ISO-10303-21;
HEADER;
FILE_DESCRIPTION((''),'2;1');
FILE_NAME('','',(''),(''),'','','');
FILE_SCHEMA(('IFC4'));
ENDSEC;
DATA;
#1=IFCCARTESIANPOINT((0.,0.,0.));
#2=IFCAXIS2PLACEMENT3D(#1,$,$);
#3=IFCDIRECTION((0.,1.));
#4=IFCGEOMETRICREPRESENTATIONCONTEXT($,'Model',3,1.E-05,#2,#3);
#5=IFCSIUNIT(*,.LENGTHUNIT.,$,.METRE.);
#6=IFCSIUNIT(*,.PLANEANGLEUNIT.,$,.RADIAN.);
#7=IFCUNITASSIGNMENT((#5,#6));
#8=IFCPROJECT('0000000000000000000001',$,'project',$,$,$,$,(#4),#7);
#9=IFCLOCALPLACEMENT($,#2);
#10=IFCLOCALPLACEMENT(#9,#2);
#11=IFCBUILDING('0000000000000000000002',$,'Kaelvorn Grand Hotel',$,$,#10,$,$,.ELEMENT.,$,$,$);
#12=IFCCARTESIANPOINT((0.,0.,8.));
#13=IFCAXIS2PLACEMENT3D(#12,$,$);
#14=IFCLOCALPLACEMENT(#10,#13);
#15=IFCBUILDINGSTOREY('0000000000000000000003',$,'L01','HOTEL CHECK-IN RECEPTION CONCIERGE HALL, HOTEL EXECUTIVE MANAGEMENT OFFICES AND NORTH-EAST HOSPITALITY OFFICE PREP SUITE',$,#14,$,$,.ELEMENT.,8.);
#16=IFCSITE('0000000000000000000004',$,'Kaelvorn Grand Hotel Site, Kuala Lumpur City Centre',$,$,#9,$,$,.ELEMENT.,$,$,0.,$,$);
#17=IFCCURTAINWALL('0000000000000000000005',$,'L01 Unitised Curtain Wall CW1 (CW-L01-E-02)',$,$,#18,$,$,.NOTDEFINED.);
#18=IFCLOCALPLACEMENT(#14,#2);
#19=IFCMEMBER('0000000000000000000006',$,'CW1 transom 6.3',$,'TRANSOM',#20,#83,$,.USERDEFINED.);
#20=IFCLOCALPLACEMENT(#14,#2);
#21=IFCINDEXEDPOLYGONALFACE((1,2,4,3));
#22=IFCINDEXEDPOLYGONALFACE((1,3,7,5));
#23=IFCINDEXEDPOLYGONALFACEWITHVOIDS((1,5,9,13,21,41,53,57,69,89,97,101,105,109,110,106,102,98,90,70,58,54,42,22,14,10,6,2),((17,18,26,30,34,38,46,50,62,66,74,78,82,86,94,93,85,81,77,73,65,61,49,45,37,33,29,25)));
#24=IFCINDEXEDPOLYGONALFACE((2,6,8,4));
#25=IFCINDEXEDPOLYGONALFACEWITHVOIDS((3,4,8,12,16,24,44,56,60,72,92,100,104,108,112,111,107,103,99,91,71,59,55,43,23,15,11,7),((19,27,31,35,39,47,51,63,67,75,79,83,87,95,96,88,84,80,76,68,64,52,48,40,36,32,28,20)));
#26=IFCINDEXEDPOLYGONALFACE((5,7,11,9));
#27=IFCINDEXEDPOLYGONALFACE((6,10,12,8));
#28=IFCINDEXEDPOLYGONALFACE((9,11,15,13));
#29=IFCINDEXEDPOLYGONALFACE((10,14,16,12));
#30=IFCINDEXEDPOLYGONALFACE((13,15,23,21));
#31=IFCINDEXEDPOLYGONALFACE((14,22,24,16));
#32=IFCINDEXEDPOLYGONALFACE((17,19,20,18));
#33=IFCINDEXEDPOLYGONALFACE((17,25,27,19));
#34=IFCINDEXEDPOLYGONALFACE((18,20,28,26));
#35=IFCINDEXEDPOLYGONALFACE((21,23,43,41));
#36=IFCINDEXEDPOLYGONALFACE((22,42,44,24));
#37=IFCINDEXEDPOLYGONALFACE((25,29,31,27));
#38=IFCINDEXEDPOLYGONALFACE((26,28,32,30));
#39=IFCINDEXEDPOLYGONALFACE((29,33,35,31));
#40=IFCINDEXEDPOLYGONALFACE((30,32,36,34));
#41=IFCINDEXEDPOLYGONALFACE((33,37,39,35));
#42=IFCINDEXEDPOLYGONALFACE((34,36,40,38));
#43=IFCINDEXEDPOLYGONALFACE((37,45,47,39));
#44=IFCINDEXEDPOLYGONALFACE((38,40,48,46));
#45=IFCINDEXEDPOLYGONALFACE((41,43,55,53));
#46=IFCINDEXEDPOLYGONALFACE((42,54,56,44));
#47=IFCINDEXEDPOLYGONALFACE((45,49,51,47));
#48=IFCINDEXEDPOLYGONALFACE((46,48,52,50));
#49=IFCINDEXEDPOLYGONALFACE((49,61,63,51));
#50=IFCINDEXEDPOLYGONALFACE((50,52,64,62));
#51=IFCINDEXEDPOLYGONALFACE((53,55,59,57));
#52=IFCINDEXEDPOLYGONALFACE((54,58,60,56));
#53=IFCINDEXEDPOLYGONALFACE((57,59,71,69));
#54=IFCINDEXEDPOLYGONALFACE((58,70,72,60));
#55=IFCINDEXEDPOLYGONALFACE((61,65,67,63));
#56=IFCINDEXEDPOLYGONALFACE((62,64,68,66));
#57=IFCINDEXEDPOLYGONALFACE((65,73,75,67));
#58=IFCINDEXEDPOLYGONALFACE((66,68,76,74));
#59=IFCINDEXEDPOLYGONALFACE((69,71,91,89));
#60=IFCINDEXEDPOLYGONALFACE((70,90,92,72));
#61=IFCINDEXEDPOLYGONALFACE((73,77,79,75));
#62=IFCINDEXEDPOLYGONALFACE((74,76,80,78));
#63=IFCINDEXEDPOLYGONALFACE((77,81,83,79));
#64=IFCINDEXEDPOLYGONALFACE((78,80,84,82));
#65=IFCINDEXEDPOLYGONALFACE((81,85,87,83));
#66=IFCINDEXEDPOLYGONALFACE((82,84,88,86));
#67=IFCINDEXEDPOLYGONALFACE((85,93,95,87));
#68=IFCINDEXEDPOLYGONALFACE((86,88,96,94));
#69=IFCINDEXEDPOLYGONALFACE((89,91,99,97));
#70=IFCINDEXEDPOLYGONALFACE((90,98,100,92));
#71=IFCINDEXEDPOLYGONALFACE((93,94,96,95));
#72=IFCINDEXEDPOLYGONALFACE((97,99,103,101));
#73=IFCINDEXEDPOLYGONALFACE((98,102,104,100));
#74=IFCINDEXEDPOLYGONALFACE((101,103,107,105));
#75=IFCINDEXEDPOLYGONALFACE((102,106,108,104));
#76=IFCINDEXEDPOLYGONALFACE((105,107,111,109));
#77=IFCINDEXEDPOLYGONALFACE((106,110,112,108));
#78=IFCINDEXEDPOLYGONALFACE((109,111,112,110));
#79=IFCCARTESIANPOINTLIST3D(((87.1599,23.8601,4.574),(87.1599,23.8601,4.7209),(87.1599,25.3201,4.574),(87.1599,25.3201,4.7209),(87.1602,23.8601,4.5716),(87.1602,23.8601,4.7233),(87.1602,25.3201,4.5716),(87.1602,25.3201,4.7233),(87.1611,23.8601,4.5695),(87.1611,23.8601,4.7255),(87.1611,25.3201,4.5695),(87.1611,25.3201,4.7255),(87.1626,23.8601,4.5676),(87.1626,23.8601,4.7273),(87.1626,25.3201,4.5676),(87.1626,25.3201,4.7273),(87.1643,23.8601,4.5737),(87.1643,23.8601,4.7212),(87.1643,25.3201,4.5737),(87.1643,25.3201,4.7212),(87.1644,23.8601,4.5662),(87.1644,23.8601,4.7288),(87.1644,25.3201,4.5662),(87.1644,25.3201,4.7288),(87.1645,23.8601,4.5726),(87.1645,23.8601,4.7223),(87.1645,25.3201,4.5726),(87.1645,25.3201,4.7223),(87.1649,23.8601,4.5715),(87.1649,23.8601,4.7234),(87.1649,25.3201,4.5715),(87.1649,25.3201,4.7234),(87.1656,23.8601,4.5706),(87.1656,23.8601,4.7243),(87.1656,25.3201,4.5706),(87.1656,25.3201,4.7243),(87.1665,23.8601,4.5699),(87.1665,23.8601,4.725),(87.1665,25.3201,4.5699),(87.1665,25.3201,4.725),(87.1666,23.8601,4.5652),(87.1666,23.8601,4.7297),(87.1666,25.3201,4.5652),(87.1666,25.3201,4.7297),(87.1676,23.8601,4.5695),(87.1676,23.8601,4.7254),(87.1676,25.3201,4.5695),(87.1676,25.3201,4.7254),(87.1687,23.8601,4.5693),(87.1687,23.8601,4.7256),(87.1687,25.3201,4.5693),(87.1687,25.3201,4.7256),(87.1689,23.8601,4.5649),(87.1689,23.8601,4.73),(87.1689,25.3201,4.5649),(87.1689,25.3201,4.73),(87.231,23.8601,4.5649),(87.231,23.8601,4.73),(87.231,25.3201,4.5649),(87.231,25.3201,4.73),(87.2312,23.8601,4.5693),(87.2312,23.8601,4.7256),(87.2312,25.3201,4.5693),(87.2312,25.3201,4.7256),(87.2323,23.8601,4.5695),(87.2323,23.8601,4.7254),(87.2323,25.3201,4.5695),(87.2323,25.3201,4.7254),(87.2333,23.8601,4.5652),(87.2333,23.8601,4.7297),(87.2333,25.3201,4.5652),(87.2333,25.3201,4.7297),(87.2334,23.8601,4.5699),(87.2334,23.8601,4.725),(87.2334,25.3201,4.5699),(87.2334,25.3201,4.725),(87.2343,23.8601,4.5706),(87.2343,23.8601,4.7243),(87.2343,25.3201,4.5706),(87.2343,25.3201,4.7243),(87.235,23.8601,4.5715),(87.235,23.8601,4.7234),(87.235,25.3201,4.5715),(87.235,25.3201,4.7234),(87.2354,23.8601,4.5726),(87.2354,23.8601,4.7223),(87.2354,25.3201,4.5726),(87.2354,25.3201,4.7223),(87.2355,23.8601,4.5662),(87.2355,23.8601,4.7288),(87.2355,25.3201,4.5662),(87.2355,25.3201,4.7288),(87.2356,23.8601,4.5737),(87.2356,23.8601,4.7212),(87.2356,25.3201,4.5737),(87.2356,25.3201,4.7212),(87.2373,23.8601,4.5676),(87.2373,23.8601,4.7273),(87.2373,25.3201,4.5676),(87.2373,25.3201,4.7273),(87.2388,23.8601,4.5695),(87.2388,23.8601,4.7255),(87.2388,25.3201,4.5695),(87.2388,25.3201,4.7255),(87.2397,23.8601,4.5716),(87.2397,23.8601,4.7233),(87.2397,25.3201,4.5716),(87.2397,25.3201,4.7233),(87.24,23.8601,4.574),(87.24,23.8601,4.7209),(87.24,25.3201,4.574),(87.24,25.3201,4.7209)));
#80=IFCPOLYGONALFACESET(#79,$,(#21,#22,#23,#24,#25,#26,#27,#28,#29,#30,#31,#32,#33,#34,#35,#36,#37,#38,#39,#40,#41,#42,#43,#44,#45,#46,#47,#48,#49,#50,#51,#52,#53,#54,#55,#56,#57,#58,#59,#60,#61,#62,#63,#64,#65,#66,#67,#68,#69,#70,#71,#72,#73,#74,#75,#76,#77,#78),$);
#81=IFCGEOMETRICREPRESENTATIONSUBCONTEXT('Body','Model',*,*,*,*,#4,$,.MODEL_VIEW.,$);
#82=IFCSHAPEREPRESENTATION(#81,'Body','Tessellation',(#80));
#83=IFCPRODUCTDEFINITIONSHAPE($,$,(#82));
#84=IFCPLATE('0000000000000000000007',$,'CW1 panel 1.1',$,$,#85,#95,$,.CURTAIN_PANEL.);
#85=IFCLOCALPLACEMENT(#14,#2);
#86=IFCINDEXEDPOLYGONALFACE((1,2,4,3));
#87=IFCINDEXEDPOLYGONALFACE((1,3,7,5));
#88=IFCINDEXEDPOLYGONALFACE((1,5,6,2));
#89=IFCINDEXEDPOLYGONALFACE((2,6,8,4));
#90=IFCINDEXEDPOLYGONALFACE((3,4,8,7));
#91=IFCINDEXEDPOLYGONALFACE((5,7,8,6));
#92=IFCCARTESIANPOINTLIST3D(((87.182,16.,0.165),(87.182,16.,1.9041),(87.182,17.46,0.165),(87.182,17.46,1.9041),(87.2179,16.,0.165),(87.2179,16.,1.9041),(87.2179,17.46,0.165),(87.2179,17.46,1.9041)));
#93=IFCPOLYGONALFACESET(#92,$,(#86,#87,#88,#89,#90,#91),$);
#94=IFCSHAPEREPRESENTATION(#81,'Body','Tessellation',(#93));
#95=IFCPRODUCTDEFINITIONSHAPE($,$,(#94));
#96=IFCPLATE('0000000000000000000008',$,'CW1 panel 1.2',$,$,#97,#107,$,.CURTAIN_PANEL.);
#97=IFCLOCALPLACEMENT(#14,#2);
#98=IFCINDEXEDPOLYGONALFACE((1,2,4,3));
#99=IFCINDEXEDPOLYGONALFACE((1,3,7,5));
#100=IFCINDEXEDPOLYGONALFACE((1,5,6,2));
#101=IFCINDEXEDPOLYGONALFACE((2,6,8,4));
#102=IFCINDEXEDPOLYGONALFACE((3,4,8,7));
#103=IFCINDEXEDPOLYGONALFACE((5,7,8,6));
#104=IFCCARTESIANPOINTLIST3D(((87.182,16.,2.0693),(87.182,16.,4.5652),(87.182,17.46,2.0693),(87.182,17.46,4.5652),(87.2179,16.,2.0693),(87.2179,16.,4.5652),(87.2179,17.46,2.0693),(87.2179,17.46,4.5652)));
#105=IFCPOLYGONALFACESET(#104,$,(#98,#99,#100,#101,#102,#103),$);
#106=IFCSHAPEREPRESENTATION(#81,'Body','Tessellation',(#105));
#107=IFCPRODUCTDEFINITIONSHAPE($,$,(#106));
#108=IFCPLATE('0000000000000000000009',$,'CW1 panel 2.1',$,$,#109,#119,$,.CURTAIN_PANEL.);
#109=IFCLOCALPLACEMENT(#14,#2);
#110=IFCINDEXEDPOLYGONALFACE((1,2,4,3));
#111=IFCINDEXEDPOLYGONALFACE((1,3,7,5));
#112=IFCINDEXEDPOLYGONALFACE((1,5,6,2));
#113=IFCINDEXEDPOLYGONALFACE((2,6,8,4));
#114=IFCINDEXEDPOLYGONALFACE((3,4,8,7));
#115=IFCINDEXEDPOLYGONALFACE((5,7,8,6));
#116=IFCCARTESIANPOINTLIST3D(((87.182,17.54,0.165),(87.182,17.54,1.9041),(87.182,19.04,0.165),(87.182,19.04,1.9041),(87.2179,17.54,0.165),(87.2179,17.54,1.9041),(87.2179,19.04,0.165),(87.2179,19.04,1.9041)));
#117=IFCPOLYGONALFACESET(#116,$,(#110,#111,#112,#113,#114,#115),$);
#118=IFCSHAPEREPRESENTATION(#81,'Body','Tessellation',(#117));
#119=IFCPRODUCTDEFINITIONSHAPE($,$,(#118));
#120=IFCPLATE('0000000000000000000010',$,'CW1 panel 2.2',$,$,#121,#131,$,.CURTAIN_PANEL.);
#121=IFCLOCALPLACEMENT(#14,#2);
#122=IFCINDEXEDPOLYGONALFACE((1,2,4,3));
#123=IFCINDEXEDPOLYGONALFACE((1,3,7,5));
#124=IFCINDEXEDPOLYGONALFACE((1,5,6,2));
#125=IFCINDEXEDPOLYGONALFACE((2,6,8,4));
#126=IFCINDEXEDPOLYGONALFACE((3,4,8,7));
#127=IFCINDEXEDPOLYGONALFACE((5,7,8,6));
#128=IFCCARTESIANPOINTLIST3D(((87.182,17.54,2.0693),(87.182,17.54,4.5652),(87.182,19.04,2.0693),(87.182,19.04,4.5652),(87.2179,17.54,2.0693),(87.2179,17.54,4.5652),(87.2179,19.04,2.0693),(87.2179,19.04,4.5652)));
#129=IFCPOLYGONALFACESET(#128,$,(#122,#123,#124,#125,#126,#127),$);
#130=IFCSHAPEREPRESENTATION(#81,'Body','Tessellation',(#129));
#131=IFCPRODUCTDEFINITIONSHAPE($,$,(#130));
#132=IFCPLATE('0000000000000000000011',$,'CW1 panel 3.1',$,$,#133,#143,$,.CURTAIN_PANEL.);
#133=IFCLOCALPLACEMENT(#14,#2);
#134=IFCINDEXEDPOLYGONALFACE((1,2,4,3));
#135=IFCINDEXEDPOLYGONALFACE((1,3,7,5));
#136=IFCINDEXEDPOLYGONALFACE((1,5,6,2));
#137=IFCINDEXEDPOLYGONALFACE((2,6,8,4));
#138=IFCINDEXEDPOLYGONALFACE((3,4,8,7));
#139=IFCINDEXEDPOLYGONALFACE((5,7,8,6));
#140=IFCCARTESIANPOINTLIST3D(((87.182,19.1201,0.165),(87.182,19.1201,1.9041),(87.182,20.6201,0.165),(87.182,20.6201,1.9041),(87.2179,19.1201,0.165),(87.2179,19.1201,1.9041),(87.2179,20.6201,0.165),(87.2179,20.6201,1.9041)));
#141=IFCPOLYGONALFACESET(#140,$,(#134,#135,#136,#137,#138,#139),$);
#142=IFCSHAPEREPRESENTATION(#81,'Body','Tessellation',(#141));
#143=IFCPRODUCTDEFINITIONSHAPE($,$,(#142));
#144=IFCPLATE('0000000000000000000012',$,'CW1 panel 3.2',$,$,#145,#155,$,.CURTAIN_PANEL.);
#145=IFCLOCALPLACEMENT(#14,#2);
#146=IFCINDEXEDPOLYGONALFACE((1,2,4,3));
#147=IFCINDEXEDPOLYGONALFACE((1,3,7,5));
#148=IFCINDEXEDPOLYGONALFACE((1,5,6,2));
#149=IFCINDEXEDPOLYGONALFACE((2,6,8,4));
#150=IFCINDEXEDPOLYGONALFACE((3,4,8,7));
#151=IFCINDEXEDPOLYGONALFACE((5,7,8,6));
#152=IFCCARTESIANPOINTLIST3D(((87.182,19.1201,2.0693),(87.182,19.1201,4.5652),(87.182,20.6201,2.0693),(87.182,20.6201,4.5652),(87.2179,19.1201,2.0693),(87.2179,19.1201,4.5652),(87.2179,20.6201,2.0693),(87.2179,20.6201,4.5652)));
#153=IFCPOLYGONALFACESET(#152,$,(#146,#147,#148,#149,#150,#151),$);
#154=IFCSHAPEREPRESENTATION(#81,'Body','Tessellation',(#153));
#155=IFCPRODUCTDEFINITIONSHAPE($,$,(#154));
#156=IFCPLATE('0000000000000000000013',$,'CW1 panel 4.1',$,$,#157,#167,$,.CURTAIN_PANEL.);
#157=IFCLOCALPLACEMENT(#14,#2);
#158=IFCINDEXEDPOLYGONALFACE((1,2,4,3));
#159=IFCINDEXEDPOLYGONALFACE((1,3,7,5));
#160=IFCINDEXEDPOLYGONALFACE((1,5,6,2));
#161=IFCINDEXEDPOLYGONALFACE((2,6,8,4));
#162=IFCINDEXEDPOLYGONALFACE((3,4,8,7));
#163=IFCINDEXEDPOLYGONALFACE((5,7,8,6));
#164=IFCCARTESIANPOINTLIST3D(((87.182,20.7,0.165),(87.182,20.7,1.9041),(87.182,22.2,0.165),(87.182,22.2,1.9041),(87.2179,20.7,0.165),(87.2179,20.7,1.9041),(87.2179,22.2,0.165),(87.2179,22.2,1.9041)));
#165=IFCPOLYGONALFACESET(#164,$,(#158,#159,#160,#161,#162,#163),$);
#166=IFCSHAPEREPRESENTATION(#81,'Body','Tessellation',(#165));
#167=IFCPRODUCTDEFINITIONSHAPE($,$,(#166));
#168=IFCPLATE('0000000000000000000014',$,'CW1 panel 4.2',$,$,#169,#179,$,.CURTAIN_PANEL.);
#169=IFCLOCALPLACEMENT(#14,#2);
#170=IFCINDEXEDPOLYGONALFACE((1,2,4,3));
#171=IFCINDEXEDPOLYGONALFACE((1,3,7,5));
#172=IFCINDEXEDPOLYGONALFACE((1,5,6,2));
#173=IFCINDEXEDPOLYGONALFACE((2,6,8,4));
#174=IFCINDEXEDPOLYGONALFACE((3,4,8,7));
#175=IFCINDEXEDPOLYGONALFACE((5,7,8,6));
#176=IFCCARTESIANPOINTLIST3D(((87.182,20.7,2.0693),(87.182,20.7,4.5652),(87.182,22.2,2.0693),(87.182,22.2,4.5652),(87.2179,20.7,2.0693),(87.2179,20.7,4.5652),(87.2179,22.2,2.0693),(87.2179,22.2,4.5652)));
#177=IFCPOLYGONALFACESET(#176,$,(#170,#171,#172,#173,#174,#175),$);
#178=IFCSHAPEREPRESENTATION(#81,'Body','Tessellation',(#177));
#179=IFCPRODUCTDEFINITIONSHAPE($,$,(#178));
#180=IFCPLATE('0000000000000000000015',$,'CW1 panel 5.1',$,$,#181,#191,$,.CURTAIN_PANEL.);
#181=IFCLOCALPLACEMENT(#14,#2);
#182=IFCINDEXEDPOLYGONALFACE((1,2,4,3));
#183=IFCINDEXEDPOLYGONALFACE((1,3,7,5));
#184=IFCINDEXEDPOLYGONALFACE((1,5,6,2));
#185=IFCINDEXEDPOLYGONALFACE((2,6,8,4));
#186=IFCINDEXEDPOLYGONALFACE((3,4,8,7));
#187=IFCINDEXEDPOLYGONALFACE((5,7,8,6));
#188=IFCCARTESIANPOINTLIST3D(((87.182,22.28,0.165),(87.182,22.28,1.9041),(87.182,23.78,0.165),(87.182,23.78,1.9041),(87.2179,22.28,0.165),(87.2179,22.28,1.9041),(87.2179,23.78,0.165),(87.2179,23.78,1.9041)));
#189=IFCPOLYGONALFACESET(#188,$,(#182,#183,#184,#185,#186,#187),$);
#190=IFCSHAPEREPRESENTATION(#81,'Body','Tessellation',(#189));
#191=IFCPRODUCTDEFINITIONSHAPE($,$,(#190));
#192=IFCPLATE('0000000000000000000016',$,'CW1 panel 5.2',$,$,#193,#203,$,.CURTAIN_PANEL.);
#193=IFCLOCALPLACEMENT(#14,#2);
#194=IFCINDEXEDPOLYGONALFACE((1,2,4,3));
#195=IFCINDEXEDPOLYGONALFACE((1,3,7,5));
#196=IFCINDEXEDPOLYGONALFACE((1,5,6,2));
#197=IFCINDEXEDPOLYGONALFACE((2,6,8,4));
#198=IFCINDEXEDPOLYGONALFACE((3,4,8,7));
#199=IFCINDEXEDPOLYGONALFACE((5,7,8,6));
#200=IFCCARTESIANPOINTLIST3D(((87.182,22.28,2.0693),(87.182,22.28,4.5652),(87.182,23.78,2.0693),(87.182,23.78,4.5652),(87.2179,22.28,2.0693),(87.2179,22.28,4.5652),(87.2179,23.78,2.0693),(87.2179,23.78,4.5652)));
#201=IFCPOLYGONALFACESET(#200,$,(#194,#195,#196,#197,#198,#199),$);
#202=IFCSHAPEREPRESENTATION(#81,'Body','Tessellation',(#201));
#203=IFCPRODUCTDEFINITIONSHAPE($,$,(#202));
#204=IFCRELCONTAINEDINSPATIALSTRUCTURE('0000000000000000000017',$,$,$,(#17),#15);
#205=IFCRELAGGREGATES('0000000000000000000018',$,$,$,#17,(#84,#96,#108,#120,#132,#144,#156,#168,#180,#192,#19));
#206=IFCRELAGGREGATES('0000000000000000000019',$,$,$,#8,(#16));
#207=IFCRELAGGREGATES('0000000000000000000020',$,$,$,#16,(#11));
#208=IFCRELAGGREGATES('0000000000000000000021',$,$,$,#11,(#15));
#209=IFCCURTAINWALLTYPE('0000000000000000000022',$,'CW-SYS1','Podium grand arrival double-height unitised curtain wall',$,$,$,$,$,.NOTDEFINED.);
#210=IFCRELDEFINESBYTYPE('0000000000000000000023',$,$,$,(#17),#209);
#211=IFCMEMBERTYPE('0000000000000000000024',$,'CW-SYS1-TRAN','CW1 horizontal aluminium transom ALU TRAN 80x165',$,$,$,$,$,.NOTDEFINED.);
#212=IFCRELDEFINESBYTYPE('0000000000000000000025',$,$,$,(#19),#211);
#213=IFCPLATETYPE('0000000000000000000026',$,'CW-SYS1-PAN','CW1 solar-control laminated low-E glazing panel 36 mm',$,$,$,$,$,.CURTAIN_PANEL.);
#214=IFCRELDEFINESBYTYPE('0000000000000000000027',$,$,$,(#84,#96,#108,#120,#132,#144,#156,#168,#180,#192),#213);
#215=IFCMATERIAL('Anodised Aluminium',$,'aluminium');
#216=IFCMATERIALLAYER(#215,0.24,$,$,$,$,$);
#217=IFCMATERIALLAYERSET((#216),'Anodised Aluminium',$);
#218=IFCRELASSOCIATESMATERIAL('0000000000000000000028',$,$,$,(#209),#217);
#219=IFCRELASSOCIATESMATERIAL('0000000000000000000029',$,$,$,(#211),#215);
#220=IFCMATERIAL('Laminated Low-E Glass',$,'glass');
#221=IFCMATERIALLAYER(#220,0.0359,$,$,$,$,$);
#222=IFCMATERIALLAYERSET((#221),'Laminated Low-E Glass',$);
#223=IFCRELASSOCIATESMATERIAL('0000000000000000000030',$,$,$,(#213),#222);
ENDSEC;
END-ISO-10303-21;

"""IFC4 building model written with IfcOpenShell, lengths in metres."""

from ifc_helpers import new_model, si_unit, direction, frame, origin, origin_2d, place, context, subcontext, project, spatial, rectangle, hollow_rectangle, extrude, material, layer, layer_set, material_profile, profile_set, type_object, element, aggregate, save


model = new_model("IFC4")

# Units and contexts
model_context = context("Model", 3, precision=1e-05, world=origin(), true_north=direction((0.0, 1.0)))
body_context = subcontext(model_context, "Body", "Model", "MODEL_VIEW")
ifc_project = project(units=[si_unit("LENGTHUNIT", "METRE"), si_unit("PLANEANGLEUNIT", "RADIAN")], contexts=[model_context])

# Site, building, storey
site_placement = place(None, origin())
site = spatial("IfcSite", under=ifc_project, at=site_placement, Name="Kaelvorn Grand Hotel Site, Kuala Lumpur City Centre", CompositionType="ELEMENT", RefElevation=0.0)
building_placement = place(site_placement, origin())
building = spatial("IfcBuilding", under=site, at=building_placement, Name="Kaelvorn Grand Hotel", CompositionType="ELEMENT")
storey_placement = place(building_placement, frame((0.0, 0.0, 8.0)))
storey = spatial("IfcBuildingStorey", under=building, at=storey_placement, Name="L01", Description="HOTEL CHECK-IN RECEPTION CONCIERGE HALL, HOTEL EXECUTIVE MANAGEMENT OFFICES AND NORTH-EAST HOSPITALITY OFFICE PREP SUITE", CompositionType="ELEMENT", Elevation=8.0)

# Curtain wall, member, plates
ifc_material_1 = material(Name="Anodised Aluminium", Category="aluminium")
ifc_layer_1 = layer(ifc_material_1, 0.24)
ifc_layer_set_1 = layer_set([ifc_layer_1], Name="Anodised Aluminium")
curtain_wall_type = type_object("IfcCurtainWallType", Name="CW-SYS1", Description="Podium grand arrival double-height unitised curtain wall", PredefinedType="NOTDEFINED", material=ifc_layer_set_1)
curtain_wall_placement = place(storey_placement, origin())
curtain_wall = element("IfcCurtainWall", 1, at=curtain_wall_placement, inside=storey, type_object=curtain_wall_type, Name="L01 Unitised Curtain Wall CW1 (CW-L01-E-02)", PredefinedType="NOTDEFINED")
ifc_material_profile_1 = material_profile(ifc_material_1, hollow_rectangle(XDim=0.0801, YDim=0.165, WallThickness=0.0044, InnerFilletRadius=0.0044, OuterFilletRadius=0.009, at=origin_2d()), Name="ALU TRAN 80x165")
ifc_profile_set_1 = profile_set([ifc_material_profile_1], Name="Anodised Aluminium")
member_type_1 = type_object("IfcMemberType", Name="CW-SYS1-TRAN", Description="CW1 horizontal aluminium transom ALU TRAN 80x165", PredefinedType="NOTDEFINED", material=ifc_profile_set_1)
member_1_placement = place(storey_placement, frame((87.2, 23.8601, 4.6475), z_axis=(0.0, 1.0, 0.0), x_axis=(-1.0, 0.0, 0.0)))
member_1 = element("IfcMember", 2, at=member_1_placement, type_object=member_type_1, Name="CW1 transom 6.3", ObjectType="TRANSOM", PredefinedType="USERDEFINED", context=body_context, shape_type="SweptSolid", body=[
    extrude(hollow_rectangle(XDim=0.0801, YDim=0.165, WallThickness=0.0044, InnerFilletRadius=0.0044, OuterFilletRadius=0.009, at=origin_2d()), origin(), (0.0, 0.0, 1.0), 1.46),
])
ifc_material_2 = material(Name="Laminated Low-E Glass", Category="glass")
ifc_layer_2 = layer(ifc_material_2, 0.0359)
ifc_layer_set_2 = layer_set([ifc_layer_2], Name="Laminated Low-E Glass")
plate_type = type_object("IfcPlateType", Name="CW-SYS1-PAN", Description="CW1 solar-control laminated low-E glazing panel 36 mm", PredefinedType="CURTAIN_PANEL", material=ifc_layer_set_2)
plate_1_placement = place(storey_placement, frame((87.2, 16.73, 0.165), z_axis=(0.0, 0.0, 1.0), x_axis=(0.0, 1.0, 0.0)))
plate_1 = element("IfcPlate", 3, at=plate_1_placement, type_object=plate_type, Name="CW1 panel 1.1", PredefinedType="CURTAIN_PANEL", context=body_context, shape_type="SweptSolid", body=[
    extrude(rectangle(XDim=1.46, YDim=0.0359, at=origin_2d()), origin(), (0.0, 0.0, 1.0), 1.739),
])
plate_2_placement = place(storey_placement, frame((87.2, 16.73, 2.0693), z_axis=(0.0, 0.0, 1.0), x_axis=(0.0, 1.0, 0.0)))
plate_2 = element("IfcPlate", 4, at=plate_2_placement, type_object=plate_type, Name="CW1 panel 1.2", PredefinedType="CURTAIN_PANEL", context=body_context, shape_type="SweptSolid", body=[
    extrude(rectangle(XDim=1.46, YDim=0.0359, at=origin_2d()), origin(), (0.0, 0.0, 1.0), 2.4958),
])
plate_3_placement = place(storey_placement, frame((87.2, 18.29, 0.165), z_axis=(0.0, 0.0, 1.0), x_axis=(0.0, 1.0, 0.0)))
plate_3 = element("IfcPlate", 5, at=plate_3_placement, type_object=plate_type, Name="CW1 panel 2.1", PredefinedType="CURTAIN_PANEL", context=body_context, shape_type="SweptSolid", body=[
    extrude(rectangle(XDim=1.5, YDim=0.0359, at=origin_2d()), origin(), (0.0, 0.0, 1.0), 1.739),
])
plate_4_placement = place(storey_placement, frame((87.2, 18.29, 2.0693), z_axis=(0.0, 0.0, 1.0), x_axis=(0.0, 1.0, 0.0)))
plate_4 = element("IfcPlate", 6, at=plate_4_placement, type_object=plate_type, Name="CW1 panel 2.2", PredefinedType="CURTAIN_PANEL", context=body_context, shape_type="SweptSolid", body=[
    extrude(rectangle(XDim=1.5, YDim=0.0359, at=origin_2d()), origin(), (0.0, 0.0, 1.0), 2.4958),
])
plate_5_placement = place(storey_placement, frame((87.2, 19.8701, 0.165), z_axis=(0.0, 0.0, 1.0), x_axis=(0.0, 1.0, 0.0)))
plate_5 = element("IfcPlate", 7, at=plate_5_placement, type_object=plate_type, Name="CW1 panel 3.1", PredefinedType="CURTAIN_PANEL", context=body_context, shape_type="SweptSolid", body=[
    extrude(rectangle(XDim=1.5, YDim=0.0359, at=origin_2d()), origin(), (0.0, 0.0, 1.0), 1.739),
])
plate_6_placement = place(storey_placement, frame((87.2, 19.8701, 2.0693), z_axis=(0.0, 0.0, 1.0), x_axis=(0.0, 1.0, 0.0)))
plate_6 = element("IfcPlate", 8, at=plate_6_placement, type_object=plate_type, Name="CW1 panel 3.2", PredefinedType="CURTAIN_PANEL", context=body_context, shape_type="SweptSolid", body=[
    extrude(rectangle(XDim=1.5, YDim=0.0359, at=origin_2d()), origin(), (0.0, 0.0, 1.0), 2.4958),
])
plate_7_placement = place(storey_placement, frame((87.2, 21.45, 0.165), z_axis=(0.0, 0.0, 1.0), x_axis=(0.0, 1.0, 0.0)))
plate_7 = element("IfcPlate", 9, at=plate_7_placement, type_object=plate_type, Name="CW1 panel 4.1", PredefinedType="CURTAIN_PANEL", context=body_context, shape_type="SweptSolid", body=[
    extrude(rectangle(XDim=1.5, YDim=0.0359, at=origin_2d()), origin(), (0.0, 0.0, 1.0), 1.739),
])
plate_8_placement = place(storey_placement, frame((87.2, 21.45, 2.0693), z_axis=(0.0, 0.0, 1.0), x_axis=(0.0, 1.0, 0.0)))
plate_8 = element("IfcPlate", 10, at=plate_8_placement, type_object=plate_type, Name="CW1 panel 4.2", PredefinedType="CURTAIN_PANEL", context=body_context, shape_type="SweptSolid", body=[
    extrude(rectangle(XDim=1.5, YDim=0.0359, at=origin_2d()), origin(), (0.0, 0.0, 1.0), 2.4958),
])
plate_9_placement = place(storey_placement, frame((87.2, 23.03, 0.165), z_axis=(0.0, 0.0, 1.0), x_axis=(0.0, 1.0, 0.0)))
plate_9 = element("IfcPlate", 11, at=plate_9_placement, type_object=plate_type, Name="CW1 panel 5.1", PredefinedType="CURTAIN_PANEL", context=body_context, shape_type="SweptSolid", body=[
    extrude(rectangle(XDim=1.5, YDim=0.0359, at=origin_2d()), origin(), (0.0, 0.0, 1.0), 1.739),
])
plate_10_placement = place(storey_placement, frame((87.2, 23.03, 2.0693), z_axis=(0.0, 0.0, 1.0), x_axis=(0.0, 1.0, 0.0)))
plate_10 = element("IfcPlate", 12, at=plate_10_placement, type_object=plate_type, Name="CW1 panel 5.2", PredefinedType="CURTAIN_PANEL", context=body_context, shape_type="SweptSolid", body=[
    extrude(rectangle(XDim=1.5, YDim=0.0359, at=origin_2d()), origin(), (0.0, 0.0, 1.0), 2.4958),
])
aggregate(curtain_wall, [plate_1, plate_2, plate_3, plate_4, plate_5, plate_6, plate_7, plate_8, plate_9, plate_10, member_1])

save(model, "model.ifc")
